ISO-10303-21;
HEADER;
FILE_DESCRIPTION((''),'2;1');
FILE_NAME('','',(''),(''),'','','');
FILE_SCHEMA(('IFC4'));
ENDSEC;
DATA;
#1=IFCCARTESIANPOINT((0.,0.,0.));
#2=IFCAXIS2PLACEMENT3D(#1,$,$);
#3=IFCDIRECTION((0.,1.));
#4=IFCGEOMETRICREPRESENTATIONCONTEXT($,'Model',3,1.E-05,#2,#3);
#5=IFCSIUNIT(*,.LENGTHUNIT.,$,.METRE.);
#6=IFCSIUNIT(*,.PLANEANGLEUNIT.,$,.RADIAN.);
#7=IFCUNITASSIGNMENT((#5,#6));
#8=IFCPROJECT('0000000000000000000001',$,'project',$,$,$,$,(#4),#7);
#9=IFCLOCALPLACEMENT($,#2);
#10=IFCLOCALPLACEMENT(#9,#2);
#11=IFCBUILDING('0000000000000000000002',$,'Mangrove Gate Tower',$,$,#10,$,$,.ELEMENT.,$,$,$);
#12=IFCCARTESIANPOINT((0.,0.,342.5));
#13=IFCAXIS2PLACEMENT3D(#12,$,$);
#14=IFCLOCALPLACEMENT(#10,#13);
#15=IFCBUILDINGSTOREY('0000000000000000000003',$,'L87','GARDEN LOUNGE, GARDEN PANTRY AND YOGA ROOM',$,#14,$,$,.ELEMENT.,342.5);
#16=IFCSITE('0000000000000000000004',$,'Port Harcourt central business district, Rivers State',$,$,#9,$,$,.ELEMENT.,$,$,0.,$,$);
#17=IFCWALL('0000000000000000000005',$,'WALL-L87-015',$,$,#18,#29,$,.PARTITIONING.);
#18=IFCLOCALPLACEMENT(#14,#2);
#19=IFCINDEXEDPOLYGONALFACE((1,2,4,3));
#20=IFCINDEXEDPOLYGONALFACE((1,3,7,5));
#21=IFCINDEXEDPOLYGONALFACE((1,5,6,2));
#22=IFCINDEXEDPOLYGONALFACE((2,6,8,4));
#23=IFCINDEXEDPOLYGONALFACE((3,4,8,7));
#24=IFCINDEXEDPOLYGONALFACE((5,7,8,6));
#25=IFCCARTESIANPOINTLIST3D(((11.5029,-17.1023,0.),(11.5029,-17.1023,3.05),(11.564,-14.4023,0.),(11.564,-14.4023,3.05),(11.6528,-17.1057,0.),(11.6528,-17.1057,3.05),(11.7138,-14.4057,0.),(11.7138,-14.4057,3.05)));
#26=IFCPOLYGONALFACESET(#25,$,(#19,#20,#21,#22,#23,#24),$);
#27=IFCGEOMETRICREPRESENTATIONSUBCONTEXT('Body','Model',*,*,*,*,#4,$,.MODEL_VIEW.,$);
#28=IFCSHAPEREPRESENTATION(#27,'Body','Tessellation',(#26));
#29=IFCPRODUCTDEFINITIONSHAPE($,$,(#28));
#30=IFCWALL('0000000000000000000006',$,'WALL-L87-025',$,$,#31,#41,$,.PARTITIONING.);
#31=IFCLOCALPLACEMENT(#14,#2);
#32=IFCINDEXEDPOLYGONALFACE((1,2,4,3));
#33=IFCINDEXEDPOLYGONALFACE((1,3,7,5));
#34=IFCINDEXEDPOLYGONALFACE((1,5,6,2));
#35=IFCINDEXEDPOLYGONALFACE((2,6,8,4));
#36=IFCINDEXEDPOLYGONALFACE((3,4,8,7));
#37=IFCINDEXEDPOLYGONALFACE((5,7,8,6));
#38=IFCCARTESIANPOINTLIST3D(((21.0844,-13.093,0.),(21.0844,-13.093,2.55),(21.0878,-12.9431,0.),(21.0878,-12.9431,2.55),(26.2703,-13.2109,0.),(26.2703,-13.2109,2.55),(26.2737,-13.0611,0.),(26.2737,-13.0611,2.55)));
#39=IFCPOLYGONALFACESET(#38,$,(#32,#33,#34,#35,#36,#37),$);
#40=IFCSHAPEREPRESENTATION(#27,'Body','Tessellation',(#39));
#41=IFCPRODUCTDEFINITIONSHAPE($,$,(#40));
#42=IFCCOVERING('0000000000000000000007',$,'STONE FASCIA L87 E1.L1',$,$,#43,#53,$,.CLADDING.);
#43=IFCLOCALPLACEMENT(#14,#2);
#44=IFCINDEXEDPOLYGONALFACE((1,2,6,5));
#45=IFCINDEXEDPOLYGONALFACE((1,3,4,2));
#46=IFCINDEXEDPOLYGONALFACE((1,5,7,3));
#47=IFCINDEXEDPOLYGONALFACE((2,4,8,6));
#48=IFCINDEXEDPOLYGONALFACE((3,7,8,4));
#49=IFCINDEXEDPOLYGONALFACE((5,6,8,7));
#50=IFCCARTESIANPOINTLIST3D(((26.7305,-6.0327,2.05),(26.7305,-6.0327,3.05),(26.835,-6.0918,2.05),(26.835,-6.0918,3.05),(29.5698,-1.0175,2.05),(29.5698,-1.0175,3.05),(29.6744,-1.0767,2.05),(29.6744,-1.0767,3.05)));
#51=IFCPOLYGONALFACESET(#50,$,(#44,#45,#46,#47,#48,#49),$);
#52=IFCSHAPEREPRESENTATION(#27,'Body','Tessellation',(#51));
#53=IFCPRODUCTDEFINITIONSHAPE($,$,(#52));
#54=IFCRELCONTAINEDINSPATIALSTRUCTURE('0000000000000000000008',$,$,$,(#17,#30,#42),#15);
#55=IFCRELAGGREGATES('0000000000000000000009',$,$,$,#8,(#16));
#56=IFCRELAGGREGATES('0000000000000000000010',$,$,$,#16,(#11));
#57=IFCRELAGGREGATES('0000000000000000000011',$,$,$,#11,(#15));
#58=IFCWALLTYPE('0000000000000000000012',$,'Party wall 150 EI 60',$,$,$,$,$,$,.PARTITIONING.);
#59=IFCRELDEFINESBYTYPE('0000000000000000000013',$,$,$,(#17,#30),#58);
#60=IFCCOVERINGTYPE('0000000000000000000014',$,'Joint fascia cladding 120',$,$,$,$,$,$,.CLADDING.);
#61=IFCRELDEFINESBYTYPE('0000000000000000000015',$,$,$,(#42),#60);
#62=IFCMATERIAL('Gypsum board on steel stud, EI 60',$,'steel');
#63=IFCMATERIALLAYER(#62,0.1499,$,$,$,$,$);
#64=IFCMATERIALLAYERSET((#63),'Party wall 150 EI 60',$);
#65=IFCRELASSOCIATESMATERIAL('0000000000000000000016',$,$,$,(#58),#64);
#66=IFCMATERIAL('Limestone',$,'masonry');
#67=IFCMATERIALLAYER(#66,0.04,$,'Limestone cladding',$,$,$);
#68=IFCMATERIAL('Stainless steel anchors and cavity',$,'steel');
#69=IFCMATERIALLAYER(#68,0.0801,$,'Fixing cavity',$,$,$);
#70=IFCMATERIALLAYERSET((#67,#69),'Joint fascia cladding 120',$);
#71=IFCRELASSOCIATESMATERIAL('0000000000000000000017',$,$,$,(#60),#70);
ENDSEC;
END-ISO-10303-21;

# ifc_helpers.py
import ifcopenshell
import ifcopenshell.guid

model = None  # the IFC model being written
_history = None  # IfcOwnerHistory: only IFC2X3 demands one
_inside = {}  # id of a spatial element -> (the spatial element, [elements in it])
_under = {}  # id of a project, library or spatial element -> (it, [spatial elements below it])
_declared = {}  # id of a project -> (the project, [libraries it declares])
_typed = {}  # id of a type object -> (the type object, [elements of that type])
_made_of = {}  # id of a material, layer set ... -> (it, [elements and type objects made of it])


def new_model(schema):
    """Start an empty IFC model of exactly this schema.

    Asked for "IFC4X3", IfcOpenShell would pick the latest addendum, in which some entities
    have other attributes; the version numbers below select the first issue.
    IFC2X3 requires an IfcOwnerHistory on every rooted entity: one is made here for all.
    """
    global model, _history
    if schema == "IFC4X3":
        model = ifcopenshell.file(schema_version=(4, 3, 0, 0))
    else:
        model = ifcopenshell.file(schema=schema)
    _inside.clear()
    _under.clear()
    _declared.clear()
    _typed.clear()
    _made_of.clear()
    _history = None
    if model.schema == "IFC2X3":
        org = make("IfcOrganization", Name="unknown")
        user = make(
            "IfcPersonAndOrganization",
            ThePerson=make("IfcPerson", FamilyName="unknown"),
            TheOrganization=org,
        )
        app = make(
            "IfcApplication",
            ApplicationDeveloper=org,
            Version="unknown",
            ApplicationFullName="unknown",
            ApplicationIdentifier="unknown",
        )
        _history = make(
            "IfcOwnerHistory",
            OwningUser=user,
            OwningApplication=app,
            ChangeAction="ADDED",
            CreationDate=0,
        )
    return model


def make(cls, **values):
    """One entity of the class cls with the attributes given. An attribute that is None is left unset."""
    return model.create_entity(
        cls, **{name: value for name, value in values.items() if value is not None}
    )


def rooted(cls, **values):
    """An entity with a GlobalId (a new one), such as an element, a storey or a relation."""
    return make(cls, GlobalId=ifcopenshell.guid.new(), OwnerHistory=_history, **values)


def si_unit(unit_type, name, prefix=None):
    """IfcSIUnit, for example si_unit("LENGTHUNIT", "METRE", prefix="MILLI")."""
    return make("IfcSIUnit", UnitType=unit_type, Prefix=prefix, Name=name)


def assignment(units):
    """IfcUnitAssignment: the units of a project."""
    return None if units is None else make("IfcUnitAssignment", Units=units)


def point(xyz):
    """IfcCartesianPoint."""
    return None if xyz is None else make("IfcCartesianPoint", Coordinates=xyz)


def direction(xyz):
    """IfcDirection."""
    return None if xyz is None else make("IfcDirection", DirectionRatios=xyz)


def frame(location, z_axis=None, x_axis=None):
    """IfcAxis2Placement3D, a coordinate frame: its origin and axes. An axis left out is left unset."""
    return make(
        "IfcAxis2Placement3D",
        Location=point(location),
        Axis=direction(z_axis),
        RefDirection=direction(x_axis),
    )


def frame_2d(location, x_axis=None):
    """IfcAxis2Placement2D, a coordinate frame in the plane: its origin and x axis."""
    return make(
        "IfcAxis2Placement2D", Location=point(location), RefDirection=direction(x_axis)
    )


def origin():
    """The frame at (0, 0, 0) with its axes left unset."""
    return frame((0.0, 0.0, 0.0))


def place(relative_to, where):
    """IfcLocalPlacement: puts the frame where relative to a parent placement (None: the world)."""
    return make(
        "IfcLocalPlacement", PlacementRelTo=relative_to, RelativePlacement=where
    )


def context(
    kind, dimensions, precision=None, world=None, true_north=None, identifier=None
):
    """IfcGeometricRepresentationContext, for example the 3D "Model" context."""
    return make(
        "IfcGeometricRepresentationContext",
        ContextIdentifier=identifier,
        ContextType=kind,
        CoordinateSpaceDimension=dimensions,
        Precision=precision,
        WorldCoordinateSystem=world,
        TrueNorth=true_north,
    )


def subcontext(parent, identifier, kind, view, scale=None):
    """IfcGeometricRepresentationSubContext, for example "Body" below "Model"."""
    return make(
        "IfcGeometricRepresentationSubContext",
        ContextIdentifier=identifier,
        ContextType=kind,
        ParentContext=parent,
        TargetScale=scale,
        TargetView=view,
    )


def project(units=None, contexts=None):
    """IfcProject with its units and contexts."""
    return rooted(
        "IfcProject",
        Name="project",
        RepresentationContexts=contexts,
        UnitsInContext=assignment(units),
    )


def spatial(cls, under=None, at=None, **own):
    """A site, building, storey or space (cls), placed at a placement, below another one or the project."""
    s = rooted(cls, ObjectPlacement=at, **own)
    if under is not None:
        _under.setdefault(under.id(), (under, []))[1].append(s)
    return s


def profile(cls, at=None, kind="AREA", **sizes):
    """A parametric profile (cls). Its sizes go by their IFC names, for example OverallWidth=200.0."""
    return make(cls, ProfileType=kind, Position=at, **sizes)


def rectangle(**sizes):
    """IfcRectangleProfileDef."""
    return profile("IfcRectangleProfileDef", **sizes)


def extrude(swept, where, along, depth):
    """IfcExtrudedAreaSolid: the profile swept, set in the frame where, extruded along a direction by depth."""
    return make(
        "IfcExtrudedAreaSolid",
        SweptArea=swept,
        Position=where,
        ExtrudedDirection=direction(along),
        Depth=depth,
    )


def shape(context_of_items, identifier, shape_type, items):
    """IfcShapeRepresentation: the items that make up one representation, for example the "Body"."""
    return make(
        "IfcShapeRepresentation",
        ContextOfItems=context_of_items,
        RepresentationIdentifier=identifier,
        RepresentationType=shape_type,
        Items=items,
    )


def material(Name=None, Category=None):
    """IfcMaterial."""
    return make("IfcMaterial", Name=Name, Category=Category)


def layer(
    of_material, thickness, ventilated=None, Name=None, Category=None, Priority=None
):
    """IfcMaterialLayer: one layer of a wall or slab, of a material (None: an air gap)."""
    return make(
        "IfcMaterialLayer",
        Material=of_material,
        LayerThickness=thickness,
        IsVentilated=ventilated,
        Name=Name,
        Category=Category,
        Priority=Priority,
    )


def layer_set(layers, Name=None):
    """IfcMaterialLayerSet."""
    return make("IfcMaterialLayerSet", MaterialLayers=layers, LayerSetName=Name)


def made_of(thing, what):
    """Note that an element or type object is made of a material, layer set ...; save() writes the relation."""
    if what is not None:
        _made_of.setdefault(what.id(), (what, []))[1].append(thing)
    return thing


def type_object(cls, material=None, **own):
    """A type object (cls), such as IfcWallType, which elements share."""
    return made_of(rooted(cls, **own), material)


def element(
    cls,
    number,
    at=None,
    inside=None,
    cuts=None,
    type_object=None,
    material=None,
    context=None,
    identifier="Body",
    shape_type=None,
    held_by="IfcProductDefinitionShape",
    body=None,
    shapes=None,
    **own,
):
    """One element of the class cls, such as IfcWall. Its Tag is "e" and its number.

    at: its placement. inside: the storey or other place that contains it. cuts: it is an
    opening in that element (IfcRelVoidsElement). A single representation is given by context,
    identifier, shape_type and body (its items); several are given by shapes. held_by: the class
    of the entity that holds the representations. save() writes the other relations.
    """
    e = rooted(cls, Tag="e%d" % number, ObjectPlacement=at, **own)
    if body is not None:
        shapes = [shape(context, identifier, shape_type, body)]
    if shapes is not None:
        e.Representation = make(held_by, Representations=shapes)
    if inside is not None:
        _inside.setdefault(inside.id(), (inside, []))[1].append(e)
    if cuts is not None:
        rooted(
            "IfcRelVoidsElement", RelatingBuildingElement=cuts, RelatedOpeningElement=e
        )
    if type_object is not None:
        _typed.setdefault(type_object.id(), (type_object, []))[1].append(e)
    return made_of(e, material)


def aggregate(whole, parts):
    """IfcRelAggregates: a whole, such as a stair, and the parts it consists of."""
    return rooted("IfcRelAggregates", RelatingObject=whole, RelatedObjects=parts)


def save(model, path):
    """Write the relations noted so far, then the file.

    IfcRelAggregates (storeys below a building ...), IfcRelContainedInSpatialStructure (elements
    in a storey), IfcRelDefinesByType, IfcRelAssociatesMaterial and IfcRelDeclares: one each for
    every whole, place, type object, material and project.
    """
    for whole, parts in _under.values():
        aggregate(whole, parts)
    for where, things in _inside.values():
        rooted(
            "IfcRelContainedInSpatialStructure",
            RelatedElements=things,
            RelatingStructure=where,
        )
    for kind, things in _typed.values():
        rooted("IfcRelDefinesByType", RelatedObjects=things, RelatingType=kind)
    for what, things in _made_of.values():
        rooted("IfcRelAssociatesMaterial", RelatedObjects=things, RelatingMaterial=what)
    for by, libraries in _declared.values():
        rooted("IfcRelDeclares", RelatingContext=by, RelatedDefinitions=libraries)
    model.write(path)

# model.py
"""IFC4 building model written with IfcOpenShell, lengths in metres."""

from ifc_helpers import new_model, si_unit, direction, frame, frame_2d, origin, place, context, subcontext, project, spatial, rectangle, extrude, material, layer, layer_set, type_object, element, save


model = new_model("IFC4")

# Units and contexts
model_context = context("Model", 3, precision=1e-05, world=origin(), true_north=direction((0.0, 1.0)))
body_context = subcontext(model_context, "Body", "Model", "MODEL_VIEW")
ifc_project = project(units=[si_unit("LENGTHUNIT", "METRE"), si_unit("PLANEANGLEUNIT", "RADIAN")], contexts=[model_context])

# Site, building, storey
site_placement = place(None, origin())
site = spatial("IfcSite", under=ifc_project, at=site_placement, Name="Port Harcourt central business district, Rivers State", CompositionType="ELEMENT", RefElevation=0.0)
building_placement = place(site_placement, origin())
building = spatial("IfcBuilding", under=site, at=building_placement, Name="Mangrove Gate Tower", CompositionType="ELEMENT")
storey_placement = place(building_placement, frame((0.0, 0.0, 342.5)))
storey = spatial("IfcBuildingStorey", under=building, at=storey_placement, Name="L87", Description="GARDEN LOUNGE, GARDEN PANTRY AND YOGA ROOM", CompositionType="ELEMENT", Elevation=342.5)

# Walls
ifc_material_1 = material(Name="Limestone", Category="masonry")
ifc_material_2 = material(Name="Gypsum board on steel stud, EI 60", Category="steel")
ifc_layer_1 = layer(ifc_material_2, 0.1499)
ifc_layer_set_1 = layer_set([ifc_layer_1], Name="Party wall 150 EI 60")
wall_type_1 = type_object("IfcWallType", Name="Party wall 150 EI 60", PredefinedType="PARTITIONING", material=ifc_layer_set_1)
wall_1_placement = place(storey_placement, frame((11.5779, -17.104, 0.0), z_axis=(0.0, 0.0, 1.0), x_axis=(0.0226, 0.999745, 0.0)))
element("IfcWall", 1, at=wall_1_placement, inside=storey, type_object=wall_type_1, Name="WALL-L87-015", PredefinedType="PARTITIONING", context=body_context, shape_type="SweptSolid", body=[
    extrude(rectangle(XDim=2.7007, YDim=0.1499, at=frame_2d((1.3503, 0.0))), origin(), (0.0, 0.0, 1.0), 3.05),
])
wall_2_placement = place(storey_placement, frame((21.0859, -13.0181, 0.0), z_axis=(0.0, 0.0, 1.0), x_axis=(0.999742, -0.022732, 0.0)))
element("IfcWall", 2, at=wall_2_placement, inside=storey, type_object=wall_type_1, Name="WALL-L87-025", PredefinedType="PARTITIONING", context=body_context, shape_type="SweptSolid", body=[
    extrude(rectangle(XDim=5.1873, YDim=0.1499, at=frame_2d((2.5938, 0.0))), origin(), (0.0, 0.0, 1.0), 2.55),
])

# Covering
ifc_layer_2 = layer(ifc_material_1, 0.04, Name="Limestone cladding")
ifc_material_3 = material(Name="Stainless steel anchors and cavity", Category="steel")
ifc_layer_3 = layer(ifc_material_3, 0.0801, Name="Fixing cavity")
ifc_layer_set_2 = layer_set([ifc_layer_2, ifc_layer_3], Name="Joint fascia cladding 120")
covering_type = type_object("IfcCoveringType", Name="Joint fascia cladding 120", PredefinedType="CLADDING", material=ifc_layer_set_2)
covering_placement = place(storey_placement, frame((26.7827, -6.0623, 2.05), z_axis=(0.0, 0.0, 1.0), x_axis=(0.492677, 0.870212, 0.0)))
element("IfcCovering", 3, at=covering_placement, inside=storey, type_object=covering_type, Name="STONE FASCIA L87 E1.L1", PredefinedType="CLADDING", context=body_context, shape_type="SweptSolid", body=[
    extrude(rectangle(XDim=5.7632, YDim=0.1201, at=frame_2d((2.8816, 0.0))), origin(), (0.0, 0.0, 1.0), 1.0),
])

save(model, "model.ifc")
